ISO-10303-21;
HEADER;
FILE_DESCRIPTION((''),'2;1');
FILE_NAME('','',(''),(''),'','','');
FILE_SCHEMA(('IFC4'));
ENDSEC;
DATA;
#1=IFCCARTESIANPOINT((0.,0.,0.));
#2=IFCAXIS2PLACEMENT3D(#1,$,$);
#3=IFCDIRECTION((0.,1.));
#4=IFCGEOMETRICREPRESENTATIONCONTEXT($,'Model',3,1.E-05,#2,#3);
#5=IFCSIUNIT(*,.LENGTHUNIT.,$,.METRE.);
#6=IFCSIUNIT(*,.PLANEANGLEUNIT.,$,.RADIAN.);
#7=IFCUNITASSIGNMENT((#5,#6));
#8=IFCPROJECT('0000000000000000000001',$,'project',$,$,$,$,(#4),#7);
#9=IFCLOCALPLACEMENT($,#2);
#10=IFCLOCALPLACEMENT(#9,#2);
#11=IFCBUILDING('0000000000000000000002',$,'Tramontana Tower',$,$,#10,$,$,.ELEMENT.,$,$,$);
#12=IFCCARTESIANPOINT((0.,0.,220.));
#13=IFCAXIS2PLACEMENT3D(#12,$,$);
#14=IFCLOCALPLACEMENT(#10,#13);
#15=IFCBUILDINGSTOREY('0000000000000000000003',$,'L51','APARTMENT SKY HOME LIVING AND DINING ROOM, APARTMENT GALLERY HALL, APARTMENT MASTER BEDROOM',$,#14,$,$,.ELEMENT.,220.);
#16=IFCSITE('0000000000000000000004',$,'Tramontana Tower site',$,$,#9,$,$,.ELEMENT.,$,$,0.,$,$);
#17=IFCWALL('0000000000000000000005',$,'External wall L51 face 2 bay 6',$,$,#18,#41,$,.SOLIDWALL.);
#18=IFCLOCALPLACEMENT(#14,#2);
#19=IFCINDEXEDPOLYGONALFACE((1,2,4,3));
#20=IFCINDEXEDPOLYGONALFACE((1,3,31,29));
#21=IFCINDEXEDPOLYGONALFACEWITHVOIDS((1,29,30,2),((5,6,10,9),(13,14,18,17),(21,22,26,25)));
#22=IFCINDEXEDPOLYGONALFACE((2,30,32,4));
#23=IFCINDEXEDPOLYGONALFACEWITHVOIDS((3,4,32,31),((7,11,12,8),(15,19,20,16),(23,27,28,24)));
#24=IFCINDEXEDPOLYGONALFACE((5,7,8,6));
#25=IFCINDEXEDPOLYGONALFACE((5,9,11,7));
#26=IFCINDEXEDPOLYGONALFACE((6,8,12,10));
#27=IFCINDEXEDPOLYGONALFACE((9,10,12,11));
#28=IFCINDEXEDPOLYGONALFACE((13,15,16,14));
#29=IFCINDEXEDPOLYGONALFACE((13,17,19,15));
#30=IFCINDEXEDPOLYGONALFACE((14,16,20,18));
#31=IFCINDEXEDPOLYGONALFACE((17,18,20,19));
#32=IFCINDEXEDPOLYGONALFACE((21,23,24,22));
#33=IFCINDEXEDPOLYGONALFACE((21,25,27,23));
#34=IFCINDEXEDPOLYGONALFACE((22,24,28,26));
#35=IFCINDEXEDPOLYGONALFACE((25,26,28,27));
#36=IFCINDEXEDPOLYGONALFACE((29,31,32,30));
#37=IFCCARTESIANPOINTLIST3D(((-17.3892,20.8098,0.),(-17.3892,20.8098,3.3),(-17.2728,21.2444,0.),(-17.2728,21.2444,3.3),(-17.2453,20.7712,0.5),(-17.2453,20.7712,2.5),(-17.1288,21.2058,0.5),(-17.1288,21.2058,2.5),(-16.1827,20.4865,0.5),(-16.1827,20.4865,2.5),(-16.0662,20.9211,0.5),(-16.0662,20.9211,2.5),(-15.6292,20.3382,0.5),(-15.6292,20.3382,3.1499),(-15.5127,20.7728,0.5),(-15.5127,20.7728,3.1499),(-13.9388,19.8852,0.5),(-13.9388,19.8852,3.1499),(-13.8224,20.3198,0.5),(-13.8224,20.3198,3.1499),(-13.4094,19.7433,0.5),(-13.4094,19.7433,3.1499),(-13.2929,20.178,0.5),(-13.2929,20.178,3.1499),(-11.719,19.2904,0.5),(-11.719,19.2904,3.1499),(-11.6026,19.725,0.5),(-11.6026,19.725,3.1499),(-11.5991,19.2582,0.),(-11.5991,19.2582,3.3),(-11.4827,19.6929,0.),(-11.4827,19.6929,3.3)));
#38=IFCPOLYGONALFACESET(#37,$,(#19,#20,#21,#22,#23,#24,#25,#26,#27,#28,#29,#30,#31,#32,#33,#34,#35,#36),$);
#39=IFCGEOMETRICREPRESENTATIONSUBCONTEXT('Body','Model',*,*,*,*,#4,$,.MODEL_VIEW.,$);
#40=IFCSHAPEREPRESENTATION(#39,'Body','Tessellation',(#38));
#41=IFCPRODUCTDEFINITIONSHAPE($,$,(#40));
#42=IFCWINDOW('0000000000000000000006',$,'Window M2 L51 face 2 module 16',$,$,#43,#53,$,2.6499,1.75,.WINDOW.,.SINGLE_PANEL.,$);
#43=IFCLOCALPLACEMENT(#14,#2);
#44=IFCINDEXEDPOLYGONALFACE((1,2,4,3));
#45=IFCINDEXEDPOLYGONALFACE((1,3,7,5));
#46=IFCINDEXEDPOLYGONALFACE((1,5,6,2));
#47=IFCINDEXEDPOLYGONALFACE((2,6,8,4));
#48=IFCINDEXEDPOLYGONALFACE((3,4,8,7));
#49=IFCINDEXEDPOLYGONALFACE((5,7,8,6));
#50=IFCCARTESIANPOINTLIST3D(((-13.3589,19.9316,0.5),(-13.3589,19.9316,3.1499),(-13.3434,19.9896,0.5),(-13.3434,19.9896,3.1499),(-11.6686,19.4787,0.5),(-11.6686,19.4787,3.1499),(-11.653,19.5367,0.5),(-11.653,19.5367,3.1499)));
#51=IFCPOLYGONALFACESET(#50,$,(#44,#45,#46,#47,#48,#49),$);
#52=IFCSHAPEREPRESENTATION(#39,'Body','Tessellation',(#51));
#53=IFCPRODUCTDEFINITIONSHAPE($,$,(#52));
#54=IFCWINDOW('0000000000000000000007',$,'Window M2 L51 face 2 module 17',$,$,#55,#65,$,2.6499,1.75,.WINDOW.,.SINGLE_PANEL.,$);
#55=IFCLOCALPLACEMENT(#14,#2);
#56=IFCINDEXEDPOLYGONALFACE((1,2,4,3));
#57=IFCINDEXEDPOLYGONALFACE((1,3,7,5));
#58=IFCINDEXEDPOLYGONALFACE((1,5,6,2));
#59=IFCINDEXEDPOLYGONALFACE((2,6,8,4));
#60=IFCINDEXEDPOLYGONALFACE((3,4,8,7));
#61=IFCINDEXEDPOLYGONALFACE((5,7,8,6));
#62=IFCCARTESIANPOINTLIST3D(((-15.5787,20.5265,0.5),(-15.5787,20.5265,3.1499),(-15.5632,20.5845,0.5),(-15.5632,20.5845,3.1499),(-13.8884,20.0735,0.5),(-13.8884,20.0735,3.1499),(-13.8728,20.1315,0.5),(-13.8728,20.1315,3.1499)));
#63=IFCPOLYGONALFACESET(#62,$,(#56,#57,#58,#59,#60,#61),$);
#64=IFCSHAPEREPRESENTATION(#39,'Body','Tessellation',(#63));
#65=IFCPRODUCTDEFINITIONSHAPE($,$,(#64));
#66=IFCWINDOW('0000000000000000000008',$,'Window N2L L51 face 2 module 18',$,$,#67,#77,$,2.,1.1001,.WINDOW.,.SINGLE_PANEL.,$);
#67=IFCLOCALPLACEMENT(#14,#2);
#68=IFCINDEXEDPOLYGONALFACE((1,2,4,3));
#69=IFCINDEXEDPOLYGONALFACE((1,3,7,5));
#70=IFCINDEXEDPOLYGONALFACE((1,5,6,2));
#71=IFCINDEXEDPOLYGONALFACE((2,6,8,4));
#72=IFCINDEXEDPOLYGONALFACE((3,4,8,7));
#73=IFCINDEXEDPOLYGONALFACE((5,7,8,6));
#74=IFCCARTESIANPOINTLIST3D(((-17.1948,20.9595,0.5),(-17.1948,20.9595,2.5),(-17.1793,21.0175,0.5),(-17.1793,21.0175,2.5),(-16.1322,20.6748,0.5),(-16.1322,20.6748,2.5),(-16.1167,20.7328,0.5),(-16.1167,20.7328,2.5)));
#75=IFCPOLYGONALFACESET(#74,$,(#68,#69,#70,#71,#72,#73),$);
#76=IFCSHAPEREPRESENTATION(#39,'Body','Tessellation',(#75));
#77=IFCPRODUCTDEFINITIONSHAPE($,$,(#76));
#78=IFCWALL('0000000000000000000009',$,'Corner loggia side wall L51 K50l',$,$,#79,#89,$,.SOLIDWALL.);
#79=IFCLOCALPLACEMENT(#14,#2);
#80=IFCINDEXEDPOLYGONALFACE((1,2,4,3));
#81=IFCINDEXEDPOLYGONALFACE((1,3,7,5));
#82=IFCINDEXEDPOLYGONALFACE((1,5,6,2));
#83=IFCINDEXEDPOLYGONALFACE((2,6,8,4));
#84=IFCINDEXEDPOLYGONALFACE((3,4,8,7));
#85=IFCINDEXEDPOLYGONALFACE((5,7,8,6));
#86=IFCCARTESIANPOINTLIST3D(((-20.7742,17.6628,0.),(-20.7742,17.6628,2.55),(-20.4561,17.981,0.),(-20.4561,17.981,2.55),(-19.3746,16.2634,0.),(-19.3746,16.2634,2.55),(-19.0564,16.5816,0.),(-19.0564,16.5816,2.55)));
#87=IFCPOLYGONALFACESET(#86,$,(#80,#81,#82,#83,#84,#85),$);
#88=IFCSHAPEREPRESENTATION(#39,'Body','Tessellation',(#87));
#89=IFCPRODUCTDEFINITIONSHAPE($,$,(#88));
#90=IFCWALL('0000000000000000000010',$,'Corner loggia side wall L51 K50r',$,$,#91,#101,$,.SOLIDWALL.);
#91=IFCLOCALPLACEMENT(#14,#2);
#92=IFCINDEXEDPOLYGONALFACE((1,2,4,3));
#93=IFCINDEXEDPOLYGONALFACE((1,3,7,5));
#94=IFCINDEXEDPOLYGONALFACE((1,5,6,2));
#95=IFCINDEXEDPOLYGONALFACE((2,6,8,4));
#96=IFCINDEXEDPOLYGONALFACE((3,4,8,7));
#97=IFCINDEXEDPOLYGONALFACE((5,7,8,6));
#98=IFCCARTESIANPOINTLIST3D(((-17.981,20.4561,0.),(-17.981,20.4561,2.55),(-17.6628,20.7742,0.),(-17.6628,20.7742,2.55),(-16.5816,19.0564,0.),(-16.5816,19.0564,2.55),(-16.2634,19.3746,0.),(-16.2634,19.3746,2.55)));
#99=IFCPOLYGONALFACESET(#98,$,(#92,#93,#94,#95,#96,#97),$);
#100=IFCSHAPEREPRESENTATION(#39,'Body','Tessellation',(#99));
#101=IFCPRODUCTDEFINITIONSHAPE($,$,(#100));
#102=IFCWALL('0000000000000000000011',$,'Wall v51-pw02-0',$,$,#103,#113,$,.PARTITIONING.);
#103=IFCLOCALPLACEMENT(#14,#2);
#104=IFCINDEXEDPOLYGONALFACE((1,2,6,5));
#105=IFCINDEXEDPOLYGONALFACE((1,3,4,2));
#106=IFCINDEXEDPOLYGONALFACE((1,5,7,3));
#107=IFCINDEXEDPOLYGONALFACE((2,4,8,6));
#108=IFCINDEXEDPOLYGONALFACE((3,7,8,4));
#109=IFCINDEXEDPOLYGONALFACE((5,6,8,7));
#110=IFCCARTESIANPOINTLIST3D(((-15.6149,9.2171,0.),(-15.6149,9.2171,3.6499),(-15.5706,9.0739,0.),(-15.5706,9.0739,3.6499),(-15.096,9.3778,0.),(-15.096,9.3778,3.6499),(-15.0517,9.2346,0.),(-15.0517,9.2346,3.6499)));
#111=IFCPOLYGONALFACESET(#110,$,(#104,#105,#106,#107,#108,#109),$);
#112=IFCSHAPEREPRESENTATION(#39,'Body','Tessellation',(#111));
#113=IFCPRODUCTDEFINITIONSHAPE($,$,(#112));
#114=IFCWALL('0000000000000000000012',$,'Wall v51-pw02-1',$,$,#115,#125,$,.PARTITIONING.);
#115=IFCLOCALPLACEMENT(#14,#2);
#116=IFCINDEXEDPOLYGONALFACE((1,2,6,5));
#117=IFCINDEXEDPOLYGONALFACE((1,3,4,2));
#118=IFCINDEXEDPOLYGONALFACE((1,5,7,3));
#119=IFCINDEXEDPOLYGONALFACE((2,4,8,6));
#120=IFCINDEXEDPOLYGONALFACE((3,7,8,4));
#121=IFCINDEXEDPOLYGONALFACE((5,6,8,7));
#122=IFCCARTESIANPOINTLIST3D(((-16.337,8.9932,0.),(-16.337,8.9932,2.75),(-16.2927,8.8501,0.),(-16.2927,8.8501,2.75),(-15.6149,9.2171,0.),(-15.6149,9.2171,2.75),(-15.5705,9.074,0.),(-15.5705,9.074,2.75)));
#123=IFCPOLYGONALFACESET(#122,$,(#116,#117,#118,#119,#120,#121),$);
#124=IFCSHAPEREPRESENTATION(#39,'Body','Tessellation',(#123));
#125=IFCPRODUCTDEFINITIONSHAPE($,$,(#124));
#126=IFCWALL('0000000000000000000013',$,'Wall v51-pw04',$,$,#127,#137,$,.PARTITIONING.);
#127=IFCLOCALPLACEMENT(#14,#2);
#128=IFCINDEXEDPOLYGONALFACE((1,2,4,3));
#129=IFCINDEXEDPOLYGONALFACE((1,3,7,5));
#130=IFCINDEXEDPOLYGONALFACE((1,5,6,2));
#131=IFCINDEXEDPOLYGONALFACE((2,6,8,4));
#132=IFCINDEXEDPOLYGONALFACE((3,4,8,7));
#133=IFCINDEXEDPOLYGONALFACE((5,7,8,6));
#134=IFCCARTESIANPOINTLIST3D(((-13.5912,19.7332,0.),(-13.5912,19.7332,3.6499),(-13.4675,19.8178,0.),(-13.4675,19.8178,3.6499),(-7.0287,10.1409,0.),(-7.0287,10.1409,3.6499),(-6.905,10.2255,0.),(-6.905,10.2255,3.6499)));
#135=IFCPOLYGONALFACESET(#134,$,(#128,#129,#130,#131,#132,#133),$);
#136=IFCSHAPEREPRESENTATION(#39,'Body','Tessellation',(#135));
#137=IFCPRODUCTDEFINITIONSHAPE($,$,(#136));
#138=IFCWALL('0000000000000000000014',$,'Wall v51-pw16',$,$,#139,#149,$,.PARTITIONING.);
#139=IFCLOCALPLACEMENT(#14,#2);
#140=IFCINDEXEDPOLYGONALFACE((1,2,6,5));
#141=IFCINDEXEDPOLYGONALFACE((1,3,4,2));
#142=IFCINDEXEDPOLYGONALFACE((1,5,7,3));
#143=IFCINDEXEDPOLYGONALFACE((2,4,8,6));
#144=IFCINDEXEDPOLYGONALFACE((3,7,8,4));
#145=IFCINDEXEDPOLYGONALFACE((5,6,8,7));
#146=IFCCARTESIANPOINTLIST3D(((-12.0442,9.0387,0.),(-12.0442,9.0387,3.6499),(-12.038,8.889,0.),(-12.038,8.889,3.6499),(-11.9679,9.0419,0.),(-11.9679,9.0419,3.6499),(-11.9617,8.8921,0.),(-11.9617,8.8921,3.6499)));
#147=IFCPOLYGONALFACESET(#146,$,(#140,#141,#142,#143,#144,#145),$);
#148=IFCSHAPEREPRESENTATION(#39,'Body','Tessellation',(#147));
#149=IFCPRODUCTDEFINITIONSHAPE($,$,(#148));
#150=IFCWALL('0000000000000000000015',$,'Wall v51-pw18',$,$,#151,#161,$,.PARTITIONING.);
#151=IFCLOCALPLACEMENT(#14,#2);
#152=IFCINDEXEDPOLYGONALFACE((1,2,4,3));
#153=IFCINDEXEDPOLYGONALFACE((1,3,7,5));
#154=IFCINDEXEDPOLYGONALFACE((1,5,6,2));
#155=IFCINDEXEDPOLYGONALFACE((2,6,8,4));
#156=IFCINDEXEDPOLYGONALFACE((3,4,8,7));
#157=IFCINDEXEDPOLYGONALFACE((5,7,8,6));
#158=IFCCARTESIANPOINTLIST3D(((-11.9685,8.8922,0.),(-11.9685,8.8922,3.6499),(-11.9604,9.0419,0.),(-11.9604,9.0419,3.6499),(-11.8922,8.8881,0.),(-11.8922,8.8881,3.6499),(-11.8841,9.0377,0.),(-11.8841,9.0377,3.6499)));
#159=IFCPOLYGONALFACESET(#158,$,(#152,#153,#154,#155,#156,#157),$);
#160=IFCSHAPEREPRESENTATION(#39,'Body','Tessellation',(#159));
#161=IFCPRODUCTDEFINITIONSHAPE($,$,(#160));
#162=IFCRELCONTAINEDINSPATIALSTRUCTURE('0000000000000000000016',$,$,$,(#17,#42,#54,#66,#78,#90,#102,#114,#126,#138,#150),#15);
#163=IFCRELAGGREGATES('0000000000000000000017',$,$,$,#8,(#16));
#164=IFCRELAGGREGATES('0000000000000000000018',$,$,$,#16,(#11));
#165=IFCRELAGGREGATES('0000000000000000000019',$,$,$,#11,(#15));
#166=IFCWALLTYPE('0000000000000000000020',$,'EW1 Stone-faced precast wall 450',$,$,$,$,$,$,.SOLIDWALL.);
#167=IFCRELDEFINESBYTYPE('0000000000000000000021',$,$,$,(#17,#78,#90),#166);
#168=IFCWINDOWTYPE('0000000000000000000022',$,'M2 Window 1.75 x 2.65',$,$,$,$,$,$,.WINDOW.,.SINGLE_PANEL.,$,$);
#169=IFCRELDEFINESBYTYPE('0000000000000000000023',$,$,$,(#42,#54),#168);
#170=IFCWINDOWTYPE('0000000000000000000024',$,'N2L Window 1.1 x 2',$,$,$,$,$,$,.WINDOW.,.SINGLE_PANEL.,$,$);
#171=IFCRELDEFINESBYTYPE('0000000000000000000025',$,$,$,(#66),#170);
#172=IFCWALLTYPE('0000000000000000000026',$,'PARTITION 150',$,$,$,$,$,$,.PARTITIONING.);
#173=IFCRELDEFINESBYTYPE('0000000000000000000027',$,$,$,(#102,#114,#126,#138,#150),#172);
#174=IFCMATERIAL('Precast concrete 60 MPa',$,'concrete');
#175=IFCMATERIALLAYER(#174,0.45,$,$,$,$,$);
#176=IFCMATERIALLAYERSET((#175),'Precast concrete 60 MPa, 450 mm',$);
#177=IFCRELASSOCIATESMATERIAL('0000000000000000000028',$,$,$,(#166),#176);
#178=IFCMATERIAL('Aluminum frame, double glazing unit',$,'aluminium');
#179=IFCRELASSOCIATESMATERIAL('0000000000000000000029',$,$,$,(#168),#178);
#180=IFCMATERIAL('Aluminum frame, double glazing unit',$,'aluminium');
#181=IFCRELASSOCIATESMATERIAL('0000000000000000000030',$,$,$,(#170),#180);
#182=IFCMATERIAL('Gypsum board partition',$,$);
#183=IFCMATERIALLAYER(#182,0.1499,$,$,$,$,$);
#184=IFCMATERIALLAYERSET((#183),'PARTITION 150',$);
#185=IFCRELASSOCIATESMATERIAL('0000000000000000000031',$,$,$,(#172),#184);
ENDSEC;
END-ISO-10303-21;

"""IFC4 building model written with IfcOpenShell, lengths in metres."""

from ifc_helpers import new_model, si_unit, direction, frame, frame_2d, origin, place, context, subcontext, project, spatial, rectangle, extrude, material, layer, layer_set, type_object, element, fill, save


model = new_model("IFC4")

# Units and contexts
model_context = context("Model", 3, precision=1e-05, world=origin(), true_north=direction((0.0, 1.0)))
body_context = subcontext(model_context, "Body", "Model", "MODEL_VIEW")
ifc_project = project(units=[si_unit("LENGTHUNIT", "METRE"), si_unit("PLANEANGLEUNIT", "RADIAN")], contexts=[model_context])

# Site, building, storey
site_placement = place(None, origin())
site = spatial("IfcSite", under=ifc_project, at=site_placement, Name="Tramontana Tower site", CompositionType="ELEMENT", RefElevation=0.0)
building_placement = place(site_placement, origin())
building = spatial("IfcBuilding", under=site, at=building_placement, Name="Tramontana Tower", CompositionType="ELEMENT")
storey_placement = place(building_placement, frame((0.0, 0.0, 220.0)))
storey = spatial("IfcBuildingStorey", under=building, at=storey_placement, Name="L51", Description="APARTMENT SKY HOME LIVING AND DINING ROOM, APARTMENT GALLERY HALL, APARTMENT MASTER BEDROOM", CompositionType="ELEMENT", Elevation=220.0)

# Shared definitions
ifc_material_1 = material(Name="Precast concrete 60 MPa", Category="concrete")
ifc_layer_1 = layer(ifc_material_1, 0.45)
ifc_layer_set_1 = layer_set([ifc_layer_1], Name="Precast concrete 60 MPa, 450 mm")
wall_type_1 = type_object("IfcWallType", Name="EW1 Stone-faced precast wall 450", PredefinedType="SOLIDWALL", material=ifc_layer_set_1)
ifc_material_2 = material(Name="Aluminum frame, double glazing unit", Category="aluminium")
window_type_1 = type_object("IfcWindowType", Name="M2 Window 1.75 x 2.65", PartitioningType="SINGLE_PANEL", PredefinedType="WINDOW", material=ifc_material_2)
ifc_material_3 = material(Name="Aluminum frame, double glazing unit", Category="aluminium")
window_type_2 = type_object("IfcWindowType", Name="N2L Window 1.1 x 2", PartitioningType="SINGLE_PANEL", PredefinedType="WINDOW", material=ifc_material_3)

# Wall, openings, windows
wall_1_placement = place(storey_placement, frame((-11.541, 19.4756, 0.0), z_axis=(0.0, 0.0, 1.0), x_axis=(-0.965923, 0.258831, 0.0)))
wall_1 = element("IfcWall", 1, at=wall_1_placement, inside=storey, type_object=wall_type_1, Name="External wall L51 face 2 bay 6", PredefinedType="SOLIDWALL", context=body_context, shape_type="SweptSolid", body=[
    extrude(rectangle(XDim=5.9944, YDim=0.45, at=frame_2d((2.9971, 0.0))), origin(), (0.0, 0.0, 1.0), 3.3),
])
opening_1_placement = place(wall_1_placement, frame((0.124, 0.0, 0.5)))
opening_1 = element("IfcOpeningElement", 2, at=opening_1_placement, cuts=wall_1, PredefinedType="OPENING", context=body_context, shape_type="SweptSolid", body=[
    extrude(rectangle(XDim=1.75, YDim=2.6499, at=frame_2d((0.875, 1.325))), frame((0.0, 0.2349, 0.0), z_axis=(0.0, -1.0, 0.0), x_axis=(1.0, 0.0, 0.0)), (0.0, 0.0, 1.0), 0.47),
])
opening_2_placement = place(wall_1_placement, frame((2.4221, 0.0, 0.5)))
opening_2 = element("IfcOpeningElement", 3, at=opening_2_placement, cuts=wall_1, PredefinedType="OPENING", context=body_context, shape_type="SweptSolid", body=[
    extrude(rectangle(XDim=1.75, YDim=2.6499, at=frame_2d((0.875, 1.325))), frame((0.0, 0.2349, 0.0), z_axis=(0.0, -1.0, 0.0), x_axis=(1.0, 0.0, 0.0)), (0.0, 0.0, 1.0), 0.47),
])
opening_3_placement = place(wall_1_placement, frame((4.7451, 0.0, 0.5)))
opening_3 = element("IfcOpeningElement", 4, at=opening_3_placement, cuts=wall_1, PredefinedType="OPENING", context=body_context, shape_type="SweptSolid", body=[
    extrude(rectangle(XDim=1.1001, YDim=2.0, at=frame_2d((0.55, 1.0))), frame((0.0, 0.2349, 0.0), z_axis=(0.0, -1.0, 0.0), x_axis=(1.0, 0.0, 0.0)), (0.0, 0.0, 1.0), 0.47),
])
window_1_placement = place(opening_1_placement, origin())
window_1 = element("IfcWindow", 5, at=window_1_placement, inside=storey, type_object=window_type_1, Name="Window M2 L51 face 2 module 16", OverallHeight=2.6499, OverallWidth=1.75, PartitioningType="SINGLE_PANEL", PredefinedType="WINDOW", context=body_context, shape_type="SweptSolid", body=[
    extrude(rectangle(XDim=1.75, YDim=2.6499, at=frame_2d((0.875, 1.325))), frame((0.0, 0.03, 0.0), z_axis=(0.0, -1.0, 0.0), x_axis=(1.0, 0.0, 0.0)), (0.0, 0.0, 1.0), 0.0601),
])
fill(opening_1, window_1)
window_2_placement = place(opening_2_placement, origin())
window_2 = element("IfcWindow", 6, at=window_2_placement, inside=storey, type_object=window_type_1, Name="Window M2 L51 face 2 module 17", OverallHeight=2.6499, OverallWidth=1.75, PartitioningType="SINGLE_PANEL", PredefinedType="WINDOW", context=body_context, shape_type="SweptSolid", body=[
    extrude(rectangle(XDim=1.75, YDim=2.6499, at=frame_2d((0.875, 1.325))), frame((0.0, 0.03, 0.0), z_axis=(0.0, -1.0, 0.0), x_axis=(1.0, 0.0, 0.0)), (0.0, 0.0, 1.0), 0.0601),
])
fill(opening_2, window_2)
window_3_placement = place(opening_3_placement, origin())
window_3 = element("IfcWindow", 7, at=window_3_placement, inside=storey, type_object=window_type_2, Name="Window N2L L51 face 2 module 18", OverallHeight=2.0, OverallWidth=1.1001, PartitioningType="SINGLE_PANEL", PredefinedType="WINDOW", context=body_context, shape_type="SweptSolid", body=[
    extrude(rectangle(XDim=1.1001, YDim=2.0, at=frame_2d((0.55, 1.0))), frame((0.0, 0.03, 0.0), z_axis=(0.0, -1.0, 0.0), x_axis=(1.0, 0.0, 0.0)), (0.0, 0.0, 1.0), 0.0601),
])
fill(opening_3, window_3)

# Walls
for number, where, z_axis, x_axis, name in (
    (8, (-20.6152, 17.822, 0.0), (0.0, 0.0, 1.0), (0.707168, -0.707045, 0.0), "Corner loggia side wall L51 K50l"),
    (9, (-17.822, 20.6152, 0.0), (0.0, 0.0, 1.0), (0.707045, -0.707168, 0.0), "Corner loggia side wall L51 K50r"),
):
    element("IfcWall", number, at=place(storey_placement, frame(where, z_axis=z_axis, x_axis=x_axis)), inside=storey, type_object=wall_type_1, Name=name, PredefinedType="SOLIDWALL", context=body_context, shape_type="SweptSolid", body=[
        extrude(rectangle(XDim=1.9792, YDim=0.45, at=frame_2d((0.9897, 0.0))), origin(), (0.0, 0.0, 1.0), 2.55),
    ])

# Walls
ifc_material_4 = material(Name="Gypsum board partition")
ifc_layer_2 = layer(ifc_material_4, 0.1499)
ifc_layer_set_2 = layer_set([ifc_layer_2], Name="PARTITION 150")
wall_type_2 = type_object("IfcWallType", Name="PARTITION 150", PredefinedType="PARTITIONING", material=ifc_layer_set_2)
wall_2_placement = place(storey_placement, frame((-15.074, 9.3062, 0.0), z_axis=(0.0, 0.0, 1.0), x_axis=(-0.955253, -0.295791, 0.0)))
element("IfcWall", 10, at=wall_2_placement, inside=storey, type_object=wall_type_2, Name="Wall v51-pw02-0", PredefinedType="PARTITIONING", context=body_context, shape_type="SweptSolid", body=[
    extrude(rectangle(XDim=0.5432, YDim=0.1499, at=frame_2d((0.2715, 0.0))), origin(), (0.0, 0.0, 1.0), 3.6499),
])
wall_3_placement = place(storey_placement, frame((-15.5928, 9.1455, 0.0), z_axis=(0.0, 0.0, 1.0), x_axis=(-0.955155, -0.296105, 0.0)))
element("IfcWall", 11, at=wall_3_placement, inside=storey, type_object=wall_type_2, Name="Wall v51-pw02-1", PredefinedType="PARTITIONING", context=body_context, shape_type="SweptSolid", body=[
    extrude(rectangle(XDim=0.7561, YDim=0.1499, at=frame_2d((0.3779, 0.0))), origin(), (0.0, 0.0, 1.0), 2.75),
])
wall_4_placement = place(storey_placement, frame((-13.5293, 19.7754, 0.0), z_axis=(0.0, 0.0, 1.0), x_axis=(0.564646, -0.825333, 0.0)))
element("IfcWall", 12, at=wall_4_placement, inside=storey, type_object=wall_type_2, Name="Wall v51-pw04", PredefinedType="PARTITIONING", context=body_context, shape_type="SweptSolid", body=[
    extrude(rectangle(XDim=11.6223, YDim=0.1499, at=frame_2d((5.811, 0.0))), origin(), (0.0, 0.0, 1.0), 3.6499),
])
wall_5_placement = place(storey_placement, frame((-12.041, 8.9639, 0.0), z_axis=(0.0, 0.0, 1.0), x_axis=(0.999139, 0.041498, 0.0)))
element("IfcWall", 13, at=wall_5_placement, inside=storey, type_object=wall_type_2, Name="Wall v51-pw16", PredefinedType="PARTITIONING", context=body_context, shape_type="SweptSolid", body=[
    extrude(rectangle(XDim=0.0764, YDim=0.1499, at=frame_2d((0.0381, 0.0))), origin(), (0.0, 0.0, 1.0), 3.6499),
])

# Wall
wall_6_placement = place(storey_placement, frame((-11.9644, 8.967, 0.0), z_axis=(0.0, 0.0, 1.0), x_axis=(0.998528, -0.054233, 0.0)))
element("IfcWall", 14, at=wall_6_placement, inside=storey, type_object=wall_type_2, Name="Wall v51-pw18", PredefinedType="PARTITIONING", context=body_context, shape_type="SweptSolid", body=[
    extrude(rectangle(XDim=0.0764, YDim=0.1499, at=frame_2d((0.0381, 0.0))), origin(), (0.0, 0.0, 1.0), 3.6499),
])

save(model, "model.ifc")
